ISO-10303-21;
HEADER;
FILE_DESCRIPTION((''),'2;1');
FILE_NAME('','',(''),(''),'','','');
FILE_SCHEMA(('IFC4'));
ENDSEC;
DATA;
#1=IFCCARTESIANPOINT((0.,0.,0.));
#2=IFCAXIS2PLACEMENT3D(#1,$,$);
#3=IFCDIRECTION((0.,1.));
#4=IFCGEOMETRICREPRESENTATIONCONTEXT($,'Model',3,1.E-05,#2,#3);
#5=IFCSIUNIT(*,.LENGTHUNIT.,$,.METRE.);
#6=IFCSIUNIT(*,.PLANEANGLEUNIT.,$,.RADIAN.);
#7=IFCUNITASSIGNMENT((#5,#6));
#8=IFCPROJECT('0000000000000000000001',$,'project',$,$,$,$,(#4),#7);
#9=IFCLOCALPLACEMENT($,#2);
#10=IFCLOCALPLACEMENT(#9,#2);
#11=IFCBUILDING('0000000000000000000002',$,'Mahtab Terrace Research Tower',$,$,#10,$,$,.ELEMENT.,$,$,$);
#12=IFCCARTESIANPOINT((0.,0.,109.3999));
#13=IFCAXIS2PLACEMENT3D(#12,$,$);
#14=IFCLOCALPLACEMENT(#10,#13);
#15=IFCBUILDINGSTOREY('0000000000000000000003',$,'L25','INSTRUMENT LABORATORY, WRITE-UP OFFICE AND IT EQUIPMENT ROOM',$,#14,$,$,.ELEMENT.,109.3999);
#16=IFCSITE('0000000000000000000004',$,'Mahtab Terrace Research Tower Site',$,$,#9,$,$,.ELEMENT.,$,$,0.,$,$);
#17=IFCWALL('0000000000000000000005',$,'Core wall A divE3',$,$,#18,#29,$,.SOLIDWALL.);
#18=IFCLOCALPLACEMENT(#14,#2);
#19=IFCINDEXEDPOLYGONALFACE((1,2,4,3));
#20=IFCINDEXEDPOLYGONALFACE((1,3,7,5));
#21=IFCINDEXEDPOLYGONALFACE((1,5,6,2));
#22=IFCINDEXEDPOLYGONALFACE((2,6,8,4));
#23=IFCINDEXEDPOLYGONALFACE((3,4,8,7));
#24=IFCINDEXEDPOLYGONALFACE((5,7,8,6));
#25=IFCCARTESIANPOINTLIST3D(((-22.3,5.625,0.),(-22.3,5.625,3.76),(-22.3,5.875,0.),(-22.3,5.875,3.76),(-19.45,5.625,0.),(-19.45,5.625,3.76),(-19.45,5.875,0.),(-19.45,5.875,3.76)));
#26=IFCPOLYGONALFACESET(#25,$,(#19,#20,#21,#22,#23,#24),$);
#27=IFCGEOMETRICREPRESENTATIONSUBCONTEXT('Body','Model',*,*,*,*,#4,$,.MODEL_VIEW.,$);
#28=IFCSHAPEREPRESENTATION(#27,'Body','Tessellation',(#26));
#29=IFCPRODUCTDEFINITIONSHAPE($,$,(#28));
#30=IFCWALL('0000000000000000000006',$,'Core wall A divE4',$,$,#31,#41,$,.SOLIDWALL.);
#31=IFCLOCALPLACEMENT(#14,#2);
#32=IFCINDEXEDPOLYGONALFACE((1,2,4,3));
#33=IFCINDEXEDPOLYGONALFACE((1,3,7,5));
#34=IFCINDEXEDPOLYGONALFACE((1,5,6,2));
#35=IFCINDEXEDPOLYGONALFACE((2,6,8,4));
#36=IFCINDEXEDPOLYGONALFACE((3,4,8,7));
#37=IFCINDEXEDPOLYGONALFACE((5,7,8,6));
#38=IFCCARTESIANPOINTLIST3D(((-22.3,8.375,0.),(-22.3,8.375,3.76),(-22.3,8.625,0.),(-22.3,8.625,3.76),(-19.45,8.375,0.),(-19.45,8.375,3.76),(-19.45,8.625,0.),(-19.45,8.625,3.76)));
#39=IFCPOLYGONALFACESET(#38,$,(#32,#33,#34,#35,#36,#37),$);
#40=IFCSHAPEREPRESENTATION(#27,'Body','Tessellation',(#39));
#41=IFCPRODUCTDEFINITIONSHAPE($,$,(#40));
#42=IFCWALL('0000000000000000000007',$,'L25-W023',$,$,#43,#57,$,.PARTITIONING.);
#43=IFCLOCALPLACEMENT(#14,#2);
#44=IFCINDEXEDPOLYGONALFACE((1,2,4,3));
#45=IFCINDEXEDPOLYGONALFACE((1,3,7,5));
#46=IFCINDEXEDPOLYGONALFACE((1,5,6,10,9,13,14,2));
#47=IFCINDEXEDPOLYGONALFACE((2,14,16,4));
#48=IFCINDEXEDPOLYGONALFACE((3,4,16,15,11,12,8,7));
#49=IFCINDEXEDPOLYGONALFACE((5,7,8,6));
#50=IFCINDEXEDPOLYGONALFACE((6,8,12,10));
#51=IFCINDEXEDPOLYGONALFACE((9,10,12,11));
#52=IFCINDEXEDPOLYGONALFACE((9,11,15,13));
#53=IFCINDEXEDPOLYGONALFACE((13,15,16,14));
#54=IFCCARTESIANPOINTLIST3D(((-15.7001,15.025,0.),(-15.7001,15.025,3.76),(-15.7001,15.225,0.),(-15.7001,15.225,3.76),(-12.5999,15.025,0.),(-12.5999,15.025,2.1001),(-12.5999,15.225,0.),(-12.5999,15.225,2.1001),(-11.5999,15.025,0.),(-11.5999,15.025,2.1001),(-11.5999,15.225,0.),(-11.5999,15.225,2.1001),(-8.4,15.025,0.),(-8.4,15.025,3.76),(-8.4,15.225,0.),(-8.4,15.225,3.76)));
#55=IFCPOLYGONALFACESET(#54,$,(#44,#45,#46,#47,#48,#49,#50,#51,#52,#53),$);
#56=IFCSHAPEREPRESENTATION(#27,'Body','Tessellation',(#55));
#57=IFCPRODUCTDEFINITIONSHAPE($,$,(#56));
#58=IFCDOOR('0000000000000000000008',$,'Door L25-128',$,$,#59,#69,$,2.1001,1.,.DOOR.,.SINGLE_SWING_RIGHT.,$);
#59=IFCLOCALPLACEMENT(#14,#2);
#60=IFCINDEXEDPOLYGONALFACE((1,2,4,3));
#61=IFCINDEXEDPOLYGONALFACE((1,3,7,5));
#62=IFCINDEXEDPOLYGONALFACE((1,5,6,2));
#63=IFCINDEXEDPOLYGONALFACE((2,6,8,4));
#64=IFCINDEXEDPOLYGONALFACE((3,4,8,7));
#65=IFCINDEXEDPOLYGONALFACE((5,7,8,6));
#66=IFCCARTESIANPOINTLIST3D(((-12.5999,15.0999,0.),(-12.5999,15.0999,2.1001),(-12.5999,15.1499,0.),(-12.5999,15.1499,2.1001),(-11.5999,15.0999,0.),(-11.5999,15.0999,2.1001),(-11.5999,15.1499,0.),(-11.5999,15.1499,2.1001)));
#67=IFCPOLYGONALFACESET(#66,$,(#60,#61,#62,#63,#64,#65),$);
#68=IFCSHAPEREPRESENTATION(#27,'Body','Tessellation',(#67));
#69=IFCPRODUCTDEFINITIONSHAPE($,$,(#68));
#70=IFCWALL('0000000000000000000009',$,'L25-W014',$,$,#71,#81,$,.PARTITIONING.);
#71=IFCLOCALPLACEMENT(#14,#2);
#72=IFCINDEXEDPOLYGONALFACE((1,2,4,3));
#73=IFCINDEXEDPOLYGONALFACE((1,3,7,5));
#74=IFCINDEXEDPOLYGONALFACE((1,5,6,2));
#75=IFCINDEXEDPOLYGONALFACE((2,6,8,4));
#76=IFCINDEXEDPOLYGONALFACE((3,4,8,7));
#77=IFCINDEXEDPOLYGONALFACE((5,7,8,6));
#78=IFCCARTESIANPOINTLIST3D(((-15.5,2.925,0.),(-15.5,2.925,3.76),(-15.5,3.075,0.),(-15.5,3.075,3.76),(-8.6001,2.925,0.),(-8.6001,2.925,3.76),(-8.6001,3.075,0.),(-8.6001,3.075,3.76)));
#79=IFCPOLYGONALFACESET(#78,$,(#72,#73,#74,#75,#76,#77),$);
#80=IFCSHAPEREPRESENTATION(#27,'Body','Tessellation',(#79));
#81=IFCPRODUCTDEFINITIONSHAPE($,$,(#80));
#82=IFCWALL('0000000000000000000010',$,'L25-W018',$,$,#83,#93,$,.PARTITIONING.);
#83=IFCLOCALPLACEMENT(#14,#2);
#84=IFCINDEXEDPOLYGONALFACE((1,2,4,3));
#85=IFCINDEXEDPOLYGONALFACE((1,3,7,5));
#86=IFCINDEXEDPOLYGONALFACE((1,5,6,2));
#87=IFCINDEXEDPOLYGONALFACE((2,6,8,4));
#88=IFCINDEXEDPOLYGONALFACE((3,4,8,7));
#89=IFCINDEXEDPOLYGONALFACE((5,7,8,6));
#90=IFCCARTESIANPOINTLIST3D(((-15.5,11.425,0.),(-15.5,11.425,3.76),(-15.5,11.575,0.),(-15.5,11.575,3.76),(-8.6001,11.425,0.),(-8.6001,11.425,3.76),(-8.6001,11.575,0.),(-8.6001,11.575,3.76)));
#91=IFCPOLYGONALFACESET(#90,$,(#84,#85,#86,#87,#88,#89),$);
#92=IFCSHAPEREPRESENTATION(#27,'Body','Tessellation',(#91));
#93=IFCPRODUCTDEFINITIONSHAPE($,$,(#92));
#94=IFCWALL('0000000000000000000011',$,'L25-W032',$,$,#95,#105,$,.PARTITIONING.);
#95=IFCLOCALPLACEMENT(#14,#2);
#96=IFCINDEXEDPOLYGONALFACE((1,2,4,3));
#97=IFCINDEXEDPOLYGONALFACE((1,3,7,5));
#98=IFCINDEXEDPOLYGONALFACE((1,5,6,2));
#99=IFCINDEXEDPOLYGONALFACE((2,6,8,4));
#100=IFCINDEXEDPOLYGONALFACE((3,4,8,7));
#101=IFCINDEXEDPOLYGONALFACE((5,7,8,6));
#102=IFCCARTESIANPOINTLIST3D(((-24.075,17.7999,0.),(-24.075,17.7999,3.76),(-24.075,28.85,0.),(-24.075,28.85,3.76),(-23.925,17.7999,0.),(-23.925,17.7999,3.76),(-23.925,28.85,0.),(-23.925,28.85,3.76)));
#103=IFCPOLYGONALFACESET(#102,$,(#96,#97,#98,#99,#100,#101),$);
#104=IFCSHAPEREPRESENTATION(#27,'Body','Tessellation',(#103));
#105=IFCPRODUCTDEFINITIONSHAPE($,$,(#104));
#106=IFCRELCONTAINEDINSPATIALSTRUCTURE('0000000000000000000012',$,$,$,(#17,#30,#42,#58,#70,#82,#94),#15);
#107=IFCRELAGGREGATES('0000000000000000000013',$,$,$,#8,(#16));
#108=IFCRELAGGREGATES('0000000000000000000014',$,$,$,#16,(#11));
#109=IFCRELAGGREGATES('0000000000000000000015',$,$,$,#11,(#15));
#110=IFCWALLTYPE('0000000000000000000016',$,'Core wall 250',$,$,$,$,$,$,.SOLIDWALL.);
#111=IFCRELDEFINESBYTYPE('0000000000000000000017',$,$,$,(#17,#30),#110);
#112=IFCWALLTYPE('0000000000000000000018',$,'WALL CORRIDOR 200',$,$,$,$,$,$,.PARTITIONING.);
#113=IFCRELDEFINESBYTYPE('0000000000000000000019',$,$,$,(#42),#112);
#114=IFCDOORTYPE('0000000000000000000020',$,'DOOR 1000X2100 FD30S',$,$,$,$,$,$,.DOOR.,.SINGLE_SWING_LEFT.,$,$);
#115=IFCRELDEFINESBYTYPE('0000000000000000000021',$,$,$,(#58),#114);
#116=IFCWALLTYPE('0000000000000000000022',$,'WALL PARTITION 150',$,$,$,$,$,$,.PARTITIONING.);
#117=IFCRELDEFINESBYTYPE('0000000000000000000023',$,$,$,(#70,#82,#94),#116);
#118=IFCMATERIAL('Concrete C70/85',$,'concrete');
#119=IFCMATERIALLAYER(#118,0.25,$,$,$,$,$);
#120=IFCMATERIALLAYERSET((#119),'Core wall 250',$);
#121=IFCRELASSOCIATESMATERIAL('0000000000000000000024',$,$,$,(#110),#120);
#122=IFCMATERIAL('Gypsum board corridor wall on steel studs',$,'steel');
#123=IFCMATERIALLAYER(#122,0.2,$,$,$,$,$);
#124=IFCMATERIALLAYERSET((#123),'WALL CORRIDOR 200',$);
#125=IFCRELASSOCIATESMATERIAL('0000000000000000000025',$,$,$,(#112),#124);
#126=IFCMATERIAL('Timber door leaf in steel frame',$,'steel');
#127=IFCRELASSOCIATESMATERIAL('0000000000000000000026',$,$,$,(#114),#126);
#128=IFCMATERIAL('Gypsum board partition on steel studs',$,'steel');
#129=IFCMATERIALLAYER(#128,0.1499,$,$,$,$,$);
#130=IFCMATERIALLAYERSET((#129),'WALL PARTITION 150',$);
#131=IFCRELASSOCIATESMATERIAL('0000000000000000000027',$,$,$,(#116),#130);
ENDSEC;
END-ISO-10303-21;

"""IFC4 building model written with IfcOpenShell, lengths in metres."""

from ifc_helpers import new_model, si_unit, direction, frame, frame_2d, origin, place, context, subcontext, project, spatial, rectangle, extrude, material, layer, layer_set, type_object, element, fill, save


model = new_model("IFC4")

# Units and contexts
model_context = context("Model", 3, precision=1e-05, world=origin(), true_north=direction((0.0, 1.0)))
body_context = subcontext(model_context, "Body", "Model", "MODEL_VIEW")
ifc_project = project(units=[si_unit("LENGTHUNIT", "METRE"), si_unit("PLANEANGLEUNIT", "RADIAN")], contexts=[model_context])

# Site, building, storey
site_placement = place(None, origin())
site = spatial("IfcSite", under=ifc_project, at=site_placement, Name="Mahtab Terrace Research Tower Site", CompositionType="ELEMENT", RefElevation=0.0)
building_placement = place(site_placement, origin())
building = spatial("IfcBuilding", under=site, at=building_placement, Name="Mahtab Terrace Research Tower", CompositionType="ELEMENT")
storey_placement = place(building_placement, frame((0.0, 0.0, 109.3999)))
storey = spatial("IfcBuildingStorey", under=building, at=storey_placement, Name="L25", Description="INSTRUMENT LABORATORY, WRITE-UP OFFICE AND IT EQUIPMENT ROOM", CompositionType="ELEMENT", Elevation=109.3999)

# Shared definitions
ifc_material_1 = material(Name="Concrete C70/85", Category="concrete")

# Shared definitions
ifc_layer_1 = layer(ifc_material_1, 0.25)
ifc_layer_set_1 = layer_set([ifc_layer_1], Name="Core wall 250")
wall_type_1 = type_object("IfcWallType", Name="Core wall 250", PredefinedType="SOLIDWALL", material=ifc_layer_set_1)

# Walls
for number, where, z_axis, x_axis, name in (
    (1, (-22.3, 5.75, 0.0), (0.0, 0.0, 1.0), (1.0, 0.0, 0.0), "Core wall A divE3"),
    (2, (-22.3, 8.5, 0.0), (0.0, 0.0, 1.0), (1.0, 0.0, 0.0), "Core wall A divE4"),
):
    element("IfcWall", number, at=place(storey_placement, frame(where, z_axis=z_axis, x_axis=x_axis)), inside=storey, type_object=wall_type_1, Name=name, PredefinedType="SOLIDWALL", context=body_context, shape_type="SweptSolid", body=[
        extrude(rectangle(XDim=2.8501, YDim=0.25, at=frame_2d((1.425, 0.0))), origin(), (0.0, 0.0, 1.0), 3.76),
    ])

# Wall, opening, door
ifc_material_2 = material(Name="Gypsum board corridor wall on steel studs", Category="steel")
ifc_layer_2 = layer(ifc_material_2, 0.2)
ifc_layer_set_2 = layer_set([ifc_layer_2], Name="WALL CORRIDOR 200")
wall_type_2 = type_object("IfcWallType", Name="WALL CORRIDOR 200", PredefinedType="PARTITIONING", material=ifc_layer_set_2)
wall_1_placement = place(storey_placement, frame((-15.7, 15.125, 0.0), z_axis=(0.0, 0.0, 1.0), x_axis=(1.0, 0.0, 0.0)))
wall_1 = element("IfcWall", 3, at=wall_1_placement, inside=storey, type_object=wall_type_2, Name="L25-W023", PredefinedType="PARTITIONING", context=body_context, shape_type="SweptSolid", body=[
    extrude(rectangle(XDim=7.3, YDim=0.2, at=frame_2d((3.6499, 0.0))), origin(), (0.0, 0.0, 1.0), 3.76),
])
opening_1_placement = place(wall_1_placement, frame((3.1001, 0.0, 0.0)))
opening_1 = element("IfcOpeningElement", 4, at=opening_1_placement, cuts=wall_1, PredefinedType="OPENING", context=body_context, shape_type="SweptSolid", body=[
    extrude(rectangle(XDim=1.0, YDim=2.1001, at=frame_2d((0.5, 1.05))), frame((0.0, 0.1099, 0.0), z_axis=(0.0, -1.0, 0.0), x_axis=(1.0, 0.0, 0.0)), (0.0, 0.0, 1.0), 0.22),
])
ifc_material_3 = material(Name="Timber door leaf in steel frame", Category="steel")
door_type_1 = type_object("IfcDoorType", Name="DOOR 1000X2100 FD30S", OperationType="SINGLE_SWING_LEFT", PredefinedType="DOOR", material=ifc_material_3)
door_1_placement = place(opening_1_placement, origin())
door_1 = element("IfcDoor", 5, at=door_1_placement, inside=storey, type_object=door_type_1, Name="Door L25-128", OperationType="SINGLE_SWING_RIGHT", OverallHeight=2.1001, OverallWidth=1.0, PredefinedType="DOOR", context=body_context, shape_type="SweptSolid", body=[
    extrude(rectangle(XDim=1.0, YDim=2.1001, at=frame_2d((0.5, 1.05))), frame((0.0, 0.0249, 0.0), z_axis=(0.0, -1.0, 0.0), x_axis=(1.0, 0.0, 0.0)), (0.0, 0.0, 1.0), 0.05),
])
fill(opening_1, door_1)

# Walls
ifc_material_4 = material(Name="Gypsum board partition on steel studs", Category="steel")
ifc_layer_3 = layer(ifc_material_4, 0.1499)
ifc_layer_set_3 = layer_set([ifc_layer_3], Name="WALL PARTITION 150")
wall_type_3 = type_object("IfcWallType", Name="WALL PARTITION 150", PredefinedType="PARTITIONING", material=ifc_layer_set_3)
for number, where, z_axis, x_axis, name in (
    (6, (-15.5, 3.0, 0.0), (0.0, 0.0, 1.0), (1.0, 0.0, 0.0), "L25-W014"),
    (7, (-15.5, 11.5, 0.0), (0.0, 0.0, 1.0), (1.0, 0.0, 0.0), "L25-W018"),
):
    element("IfcWall", number, at=place(storey_placement, frame(where, z_axis=z_axis, x_axis=x_axis)), inside=storey, type_object=wall_type_3, Name=name, PredefinedType="PARTITIONING", context=body_context, shape_type="SweptSolid", body=[
        extrude(rectangle(XDim=6.8999, YDim=0.1499, at=frame_2d((3.45, 0.0))), origin(), (0.0, 0.0, 1.0), 3.76),
    ])
wall_2_placement = place(storey_placement, frame((-24.0, 17.8, 0.0), z_axis=(0.0, 0.0, 1.0), x_axis=(0.0, 1.0, 0.0)))
element("IfcWall", 8, at=wall_2_placement, inside=storey, type_object=wall_type_3, Name="L25-W032", PredefinedType="PARTITIONING", context=body_context, shape_type="SweptSolid", body=[
    extrude(rectangle(XDim=11.05, YDim=0.1499, at=frame_2d((5.5249, 0.0))), origin(), (0.0, 0.0, 1.0), 3.76),
])

save(model, "model.ifc")
